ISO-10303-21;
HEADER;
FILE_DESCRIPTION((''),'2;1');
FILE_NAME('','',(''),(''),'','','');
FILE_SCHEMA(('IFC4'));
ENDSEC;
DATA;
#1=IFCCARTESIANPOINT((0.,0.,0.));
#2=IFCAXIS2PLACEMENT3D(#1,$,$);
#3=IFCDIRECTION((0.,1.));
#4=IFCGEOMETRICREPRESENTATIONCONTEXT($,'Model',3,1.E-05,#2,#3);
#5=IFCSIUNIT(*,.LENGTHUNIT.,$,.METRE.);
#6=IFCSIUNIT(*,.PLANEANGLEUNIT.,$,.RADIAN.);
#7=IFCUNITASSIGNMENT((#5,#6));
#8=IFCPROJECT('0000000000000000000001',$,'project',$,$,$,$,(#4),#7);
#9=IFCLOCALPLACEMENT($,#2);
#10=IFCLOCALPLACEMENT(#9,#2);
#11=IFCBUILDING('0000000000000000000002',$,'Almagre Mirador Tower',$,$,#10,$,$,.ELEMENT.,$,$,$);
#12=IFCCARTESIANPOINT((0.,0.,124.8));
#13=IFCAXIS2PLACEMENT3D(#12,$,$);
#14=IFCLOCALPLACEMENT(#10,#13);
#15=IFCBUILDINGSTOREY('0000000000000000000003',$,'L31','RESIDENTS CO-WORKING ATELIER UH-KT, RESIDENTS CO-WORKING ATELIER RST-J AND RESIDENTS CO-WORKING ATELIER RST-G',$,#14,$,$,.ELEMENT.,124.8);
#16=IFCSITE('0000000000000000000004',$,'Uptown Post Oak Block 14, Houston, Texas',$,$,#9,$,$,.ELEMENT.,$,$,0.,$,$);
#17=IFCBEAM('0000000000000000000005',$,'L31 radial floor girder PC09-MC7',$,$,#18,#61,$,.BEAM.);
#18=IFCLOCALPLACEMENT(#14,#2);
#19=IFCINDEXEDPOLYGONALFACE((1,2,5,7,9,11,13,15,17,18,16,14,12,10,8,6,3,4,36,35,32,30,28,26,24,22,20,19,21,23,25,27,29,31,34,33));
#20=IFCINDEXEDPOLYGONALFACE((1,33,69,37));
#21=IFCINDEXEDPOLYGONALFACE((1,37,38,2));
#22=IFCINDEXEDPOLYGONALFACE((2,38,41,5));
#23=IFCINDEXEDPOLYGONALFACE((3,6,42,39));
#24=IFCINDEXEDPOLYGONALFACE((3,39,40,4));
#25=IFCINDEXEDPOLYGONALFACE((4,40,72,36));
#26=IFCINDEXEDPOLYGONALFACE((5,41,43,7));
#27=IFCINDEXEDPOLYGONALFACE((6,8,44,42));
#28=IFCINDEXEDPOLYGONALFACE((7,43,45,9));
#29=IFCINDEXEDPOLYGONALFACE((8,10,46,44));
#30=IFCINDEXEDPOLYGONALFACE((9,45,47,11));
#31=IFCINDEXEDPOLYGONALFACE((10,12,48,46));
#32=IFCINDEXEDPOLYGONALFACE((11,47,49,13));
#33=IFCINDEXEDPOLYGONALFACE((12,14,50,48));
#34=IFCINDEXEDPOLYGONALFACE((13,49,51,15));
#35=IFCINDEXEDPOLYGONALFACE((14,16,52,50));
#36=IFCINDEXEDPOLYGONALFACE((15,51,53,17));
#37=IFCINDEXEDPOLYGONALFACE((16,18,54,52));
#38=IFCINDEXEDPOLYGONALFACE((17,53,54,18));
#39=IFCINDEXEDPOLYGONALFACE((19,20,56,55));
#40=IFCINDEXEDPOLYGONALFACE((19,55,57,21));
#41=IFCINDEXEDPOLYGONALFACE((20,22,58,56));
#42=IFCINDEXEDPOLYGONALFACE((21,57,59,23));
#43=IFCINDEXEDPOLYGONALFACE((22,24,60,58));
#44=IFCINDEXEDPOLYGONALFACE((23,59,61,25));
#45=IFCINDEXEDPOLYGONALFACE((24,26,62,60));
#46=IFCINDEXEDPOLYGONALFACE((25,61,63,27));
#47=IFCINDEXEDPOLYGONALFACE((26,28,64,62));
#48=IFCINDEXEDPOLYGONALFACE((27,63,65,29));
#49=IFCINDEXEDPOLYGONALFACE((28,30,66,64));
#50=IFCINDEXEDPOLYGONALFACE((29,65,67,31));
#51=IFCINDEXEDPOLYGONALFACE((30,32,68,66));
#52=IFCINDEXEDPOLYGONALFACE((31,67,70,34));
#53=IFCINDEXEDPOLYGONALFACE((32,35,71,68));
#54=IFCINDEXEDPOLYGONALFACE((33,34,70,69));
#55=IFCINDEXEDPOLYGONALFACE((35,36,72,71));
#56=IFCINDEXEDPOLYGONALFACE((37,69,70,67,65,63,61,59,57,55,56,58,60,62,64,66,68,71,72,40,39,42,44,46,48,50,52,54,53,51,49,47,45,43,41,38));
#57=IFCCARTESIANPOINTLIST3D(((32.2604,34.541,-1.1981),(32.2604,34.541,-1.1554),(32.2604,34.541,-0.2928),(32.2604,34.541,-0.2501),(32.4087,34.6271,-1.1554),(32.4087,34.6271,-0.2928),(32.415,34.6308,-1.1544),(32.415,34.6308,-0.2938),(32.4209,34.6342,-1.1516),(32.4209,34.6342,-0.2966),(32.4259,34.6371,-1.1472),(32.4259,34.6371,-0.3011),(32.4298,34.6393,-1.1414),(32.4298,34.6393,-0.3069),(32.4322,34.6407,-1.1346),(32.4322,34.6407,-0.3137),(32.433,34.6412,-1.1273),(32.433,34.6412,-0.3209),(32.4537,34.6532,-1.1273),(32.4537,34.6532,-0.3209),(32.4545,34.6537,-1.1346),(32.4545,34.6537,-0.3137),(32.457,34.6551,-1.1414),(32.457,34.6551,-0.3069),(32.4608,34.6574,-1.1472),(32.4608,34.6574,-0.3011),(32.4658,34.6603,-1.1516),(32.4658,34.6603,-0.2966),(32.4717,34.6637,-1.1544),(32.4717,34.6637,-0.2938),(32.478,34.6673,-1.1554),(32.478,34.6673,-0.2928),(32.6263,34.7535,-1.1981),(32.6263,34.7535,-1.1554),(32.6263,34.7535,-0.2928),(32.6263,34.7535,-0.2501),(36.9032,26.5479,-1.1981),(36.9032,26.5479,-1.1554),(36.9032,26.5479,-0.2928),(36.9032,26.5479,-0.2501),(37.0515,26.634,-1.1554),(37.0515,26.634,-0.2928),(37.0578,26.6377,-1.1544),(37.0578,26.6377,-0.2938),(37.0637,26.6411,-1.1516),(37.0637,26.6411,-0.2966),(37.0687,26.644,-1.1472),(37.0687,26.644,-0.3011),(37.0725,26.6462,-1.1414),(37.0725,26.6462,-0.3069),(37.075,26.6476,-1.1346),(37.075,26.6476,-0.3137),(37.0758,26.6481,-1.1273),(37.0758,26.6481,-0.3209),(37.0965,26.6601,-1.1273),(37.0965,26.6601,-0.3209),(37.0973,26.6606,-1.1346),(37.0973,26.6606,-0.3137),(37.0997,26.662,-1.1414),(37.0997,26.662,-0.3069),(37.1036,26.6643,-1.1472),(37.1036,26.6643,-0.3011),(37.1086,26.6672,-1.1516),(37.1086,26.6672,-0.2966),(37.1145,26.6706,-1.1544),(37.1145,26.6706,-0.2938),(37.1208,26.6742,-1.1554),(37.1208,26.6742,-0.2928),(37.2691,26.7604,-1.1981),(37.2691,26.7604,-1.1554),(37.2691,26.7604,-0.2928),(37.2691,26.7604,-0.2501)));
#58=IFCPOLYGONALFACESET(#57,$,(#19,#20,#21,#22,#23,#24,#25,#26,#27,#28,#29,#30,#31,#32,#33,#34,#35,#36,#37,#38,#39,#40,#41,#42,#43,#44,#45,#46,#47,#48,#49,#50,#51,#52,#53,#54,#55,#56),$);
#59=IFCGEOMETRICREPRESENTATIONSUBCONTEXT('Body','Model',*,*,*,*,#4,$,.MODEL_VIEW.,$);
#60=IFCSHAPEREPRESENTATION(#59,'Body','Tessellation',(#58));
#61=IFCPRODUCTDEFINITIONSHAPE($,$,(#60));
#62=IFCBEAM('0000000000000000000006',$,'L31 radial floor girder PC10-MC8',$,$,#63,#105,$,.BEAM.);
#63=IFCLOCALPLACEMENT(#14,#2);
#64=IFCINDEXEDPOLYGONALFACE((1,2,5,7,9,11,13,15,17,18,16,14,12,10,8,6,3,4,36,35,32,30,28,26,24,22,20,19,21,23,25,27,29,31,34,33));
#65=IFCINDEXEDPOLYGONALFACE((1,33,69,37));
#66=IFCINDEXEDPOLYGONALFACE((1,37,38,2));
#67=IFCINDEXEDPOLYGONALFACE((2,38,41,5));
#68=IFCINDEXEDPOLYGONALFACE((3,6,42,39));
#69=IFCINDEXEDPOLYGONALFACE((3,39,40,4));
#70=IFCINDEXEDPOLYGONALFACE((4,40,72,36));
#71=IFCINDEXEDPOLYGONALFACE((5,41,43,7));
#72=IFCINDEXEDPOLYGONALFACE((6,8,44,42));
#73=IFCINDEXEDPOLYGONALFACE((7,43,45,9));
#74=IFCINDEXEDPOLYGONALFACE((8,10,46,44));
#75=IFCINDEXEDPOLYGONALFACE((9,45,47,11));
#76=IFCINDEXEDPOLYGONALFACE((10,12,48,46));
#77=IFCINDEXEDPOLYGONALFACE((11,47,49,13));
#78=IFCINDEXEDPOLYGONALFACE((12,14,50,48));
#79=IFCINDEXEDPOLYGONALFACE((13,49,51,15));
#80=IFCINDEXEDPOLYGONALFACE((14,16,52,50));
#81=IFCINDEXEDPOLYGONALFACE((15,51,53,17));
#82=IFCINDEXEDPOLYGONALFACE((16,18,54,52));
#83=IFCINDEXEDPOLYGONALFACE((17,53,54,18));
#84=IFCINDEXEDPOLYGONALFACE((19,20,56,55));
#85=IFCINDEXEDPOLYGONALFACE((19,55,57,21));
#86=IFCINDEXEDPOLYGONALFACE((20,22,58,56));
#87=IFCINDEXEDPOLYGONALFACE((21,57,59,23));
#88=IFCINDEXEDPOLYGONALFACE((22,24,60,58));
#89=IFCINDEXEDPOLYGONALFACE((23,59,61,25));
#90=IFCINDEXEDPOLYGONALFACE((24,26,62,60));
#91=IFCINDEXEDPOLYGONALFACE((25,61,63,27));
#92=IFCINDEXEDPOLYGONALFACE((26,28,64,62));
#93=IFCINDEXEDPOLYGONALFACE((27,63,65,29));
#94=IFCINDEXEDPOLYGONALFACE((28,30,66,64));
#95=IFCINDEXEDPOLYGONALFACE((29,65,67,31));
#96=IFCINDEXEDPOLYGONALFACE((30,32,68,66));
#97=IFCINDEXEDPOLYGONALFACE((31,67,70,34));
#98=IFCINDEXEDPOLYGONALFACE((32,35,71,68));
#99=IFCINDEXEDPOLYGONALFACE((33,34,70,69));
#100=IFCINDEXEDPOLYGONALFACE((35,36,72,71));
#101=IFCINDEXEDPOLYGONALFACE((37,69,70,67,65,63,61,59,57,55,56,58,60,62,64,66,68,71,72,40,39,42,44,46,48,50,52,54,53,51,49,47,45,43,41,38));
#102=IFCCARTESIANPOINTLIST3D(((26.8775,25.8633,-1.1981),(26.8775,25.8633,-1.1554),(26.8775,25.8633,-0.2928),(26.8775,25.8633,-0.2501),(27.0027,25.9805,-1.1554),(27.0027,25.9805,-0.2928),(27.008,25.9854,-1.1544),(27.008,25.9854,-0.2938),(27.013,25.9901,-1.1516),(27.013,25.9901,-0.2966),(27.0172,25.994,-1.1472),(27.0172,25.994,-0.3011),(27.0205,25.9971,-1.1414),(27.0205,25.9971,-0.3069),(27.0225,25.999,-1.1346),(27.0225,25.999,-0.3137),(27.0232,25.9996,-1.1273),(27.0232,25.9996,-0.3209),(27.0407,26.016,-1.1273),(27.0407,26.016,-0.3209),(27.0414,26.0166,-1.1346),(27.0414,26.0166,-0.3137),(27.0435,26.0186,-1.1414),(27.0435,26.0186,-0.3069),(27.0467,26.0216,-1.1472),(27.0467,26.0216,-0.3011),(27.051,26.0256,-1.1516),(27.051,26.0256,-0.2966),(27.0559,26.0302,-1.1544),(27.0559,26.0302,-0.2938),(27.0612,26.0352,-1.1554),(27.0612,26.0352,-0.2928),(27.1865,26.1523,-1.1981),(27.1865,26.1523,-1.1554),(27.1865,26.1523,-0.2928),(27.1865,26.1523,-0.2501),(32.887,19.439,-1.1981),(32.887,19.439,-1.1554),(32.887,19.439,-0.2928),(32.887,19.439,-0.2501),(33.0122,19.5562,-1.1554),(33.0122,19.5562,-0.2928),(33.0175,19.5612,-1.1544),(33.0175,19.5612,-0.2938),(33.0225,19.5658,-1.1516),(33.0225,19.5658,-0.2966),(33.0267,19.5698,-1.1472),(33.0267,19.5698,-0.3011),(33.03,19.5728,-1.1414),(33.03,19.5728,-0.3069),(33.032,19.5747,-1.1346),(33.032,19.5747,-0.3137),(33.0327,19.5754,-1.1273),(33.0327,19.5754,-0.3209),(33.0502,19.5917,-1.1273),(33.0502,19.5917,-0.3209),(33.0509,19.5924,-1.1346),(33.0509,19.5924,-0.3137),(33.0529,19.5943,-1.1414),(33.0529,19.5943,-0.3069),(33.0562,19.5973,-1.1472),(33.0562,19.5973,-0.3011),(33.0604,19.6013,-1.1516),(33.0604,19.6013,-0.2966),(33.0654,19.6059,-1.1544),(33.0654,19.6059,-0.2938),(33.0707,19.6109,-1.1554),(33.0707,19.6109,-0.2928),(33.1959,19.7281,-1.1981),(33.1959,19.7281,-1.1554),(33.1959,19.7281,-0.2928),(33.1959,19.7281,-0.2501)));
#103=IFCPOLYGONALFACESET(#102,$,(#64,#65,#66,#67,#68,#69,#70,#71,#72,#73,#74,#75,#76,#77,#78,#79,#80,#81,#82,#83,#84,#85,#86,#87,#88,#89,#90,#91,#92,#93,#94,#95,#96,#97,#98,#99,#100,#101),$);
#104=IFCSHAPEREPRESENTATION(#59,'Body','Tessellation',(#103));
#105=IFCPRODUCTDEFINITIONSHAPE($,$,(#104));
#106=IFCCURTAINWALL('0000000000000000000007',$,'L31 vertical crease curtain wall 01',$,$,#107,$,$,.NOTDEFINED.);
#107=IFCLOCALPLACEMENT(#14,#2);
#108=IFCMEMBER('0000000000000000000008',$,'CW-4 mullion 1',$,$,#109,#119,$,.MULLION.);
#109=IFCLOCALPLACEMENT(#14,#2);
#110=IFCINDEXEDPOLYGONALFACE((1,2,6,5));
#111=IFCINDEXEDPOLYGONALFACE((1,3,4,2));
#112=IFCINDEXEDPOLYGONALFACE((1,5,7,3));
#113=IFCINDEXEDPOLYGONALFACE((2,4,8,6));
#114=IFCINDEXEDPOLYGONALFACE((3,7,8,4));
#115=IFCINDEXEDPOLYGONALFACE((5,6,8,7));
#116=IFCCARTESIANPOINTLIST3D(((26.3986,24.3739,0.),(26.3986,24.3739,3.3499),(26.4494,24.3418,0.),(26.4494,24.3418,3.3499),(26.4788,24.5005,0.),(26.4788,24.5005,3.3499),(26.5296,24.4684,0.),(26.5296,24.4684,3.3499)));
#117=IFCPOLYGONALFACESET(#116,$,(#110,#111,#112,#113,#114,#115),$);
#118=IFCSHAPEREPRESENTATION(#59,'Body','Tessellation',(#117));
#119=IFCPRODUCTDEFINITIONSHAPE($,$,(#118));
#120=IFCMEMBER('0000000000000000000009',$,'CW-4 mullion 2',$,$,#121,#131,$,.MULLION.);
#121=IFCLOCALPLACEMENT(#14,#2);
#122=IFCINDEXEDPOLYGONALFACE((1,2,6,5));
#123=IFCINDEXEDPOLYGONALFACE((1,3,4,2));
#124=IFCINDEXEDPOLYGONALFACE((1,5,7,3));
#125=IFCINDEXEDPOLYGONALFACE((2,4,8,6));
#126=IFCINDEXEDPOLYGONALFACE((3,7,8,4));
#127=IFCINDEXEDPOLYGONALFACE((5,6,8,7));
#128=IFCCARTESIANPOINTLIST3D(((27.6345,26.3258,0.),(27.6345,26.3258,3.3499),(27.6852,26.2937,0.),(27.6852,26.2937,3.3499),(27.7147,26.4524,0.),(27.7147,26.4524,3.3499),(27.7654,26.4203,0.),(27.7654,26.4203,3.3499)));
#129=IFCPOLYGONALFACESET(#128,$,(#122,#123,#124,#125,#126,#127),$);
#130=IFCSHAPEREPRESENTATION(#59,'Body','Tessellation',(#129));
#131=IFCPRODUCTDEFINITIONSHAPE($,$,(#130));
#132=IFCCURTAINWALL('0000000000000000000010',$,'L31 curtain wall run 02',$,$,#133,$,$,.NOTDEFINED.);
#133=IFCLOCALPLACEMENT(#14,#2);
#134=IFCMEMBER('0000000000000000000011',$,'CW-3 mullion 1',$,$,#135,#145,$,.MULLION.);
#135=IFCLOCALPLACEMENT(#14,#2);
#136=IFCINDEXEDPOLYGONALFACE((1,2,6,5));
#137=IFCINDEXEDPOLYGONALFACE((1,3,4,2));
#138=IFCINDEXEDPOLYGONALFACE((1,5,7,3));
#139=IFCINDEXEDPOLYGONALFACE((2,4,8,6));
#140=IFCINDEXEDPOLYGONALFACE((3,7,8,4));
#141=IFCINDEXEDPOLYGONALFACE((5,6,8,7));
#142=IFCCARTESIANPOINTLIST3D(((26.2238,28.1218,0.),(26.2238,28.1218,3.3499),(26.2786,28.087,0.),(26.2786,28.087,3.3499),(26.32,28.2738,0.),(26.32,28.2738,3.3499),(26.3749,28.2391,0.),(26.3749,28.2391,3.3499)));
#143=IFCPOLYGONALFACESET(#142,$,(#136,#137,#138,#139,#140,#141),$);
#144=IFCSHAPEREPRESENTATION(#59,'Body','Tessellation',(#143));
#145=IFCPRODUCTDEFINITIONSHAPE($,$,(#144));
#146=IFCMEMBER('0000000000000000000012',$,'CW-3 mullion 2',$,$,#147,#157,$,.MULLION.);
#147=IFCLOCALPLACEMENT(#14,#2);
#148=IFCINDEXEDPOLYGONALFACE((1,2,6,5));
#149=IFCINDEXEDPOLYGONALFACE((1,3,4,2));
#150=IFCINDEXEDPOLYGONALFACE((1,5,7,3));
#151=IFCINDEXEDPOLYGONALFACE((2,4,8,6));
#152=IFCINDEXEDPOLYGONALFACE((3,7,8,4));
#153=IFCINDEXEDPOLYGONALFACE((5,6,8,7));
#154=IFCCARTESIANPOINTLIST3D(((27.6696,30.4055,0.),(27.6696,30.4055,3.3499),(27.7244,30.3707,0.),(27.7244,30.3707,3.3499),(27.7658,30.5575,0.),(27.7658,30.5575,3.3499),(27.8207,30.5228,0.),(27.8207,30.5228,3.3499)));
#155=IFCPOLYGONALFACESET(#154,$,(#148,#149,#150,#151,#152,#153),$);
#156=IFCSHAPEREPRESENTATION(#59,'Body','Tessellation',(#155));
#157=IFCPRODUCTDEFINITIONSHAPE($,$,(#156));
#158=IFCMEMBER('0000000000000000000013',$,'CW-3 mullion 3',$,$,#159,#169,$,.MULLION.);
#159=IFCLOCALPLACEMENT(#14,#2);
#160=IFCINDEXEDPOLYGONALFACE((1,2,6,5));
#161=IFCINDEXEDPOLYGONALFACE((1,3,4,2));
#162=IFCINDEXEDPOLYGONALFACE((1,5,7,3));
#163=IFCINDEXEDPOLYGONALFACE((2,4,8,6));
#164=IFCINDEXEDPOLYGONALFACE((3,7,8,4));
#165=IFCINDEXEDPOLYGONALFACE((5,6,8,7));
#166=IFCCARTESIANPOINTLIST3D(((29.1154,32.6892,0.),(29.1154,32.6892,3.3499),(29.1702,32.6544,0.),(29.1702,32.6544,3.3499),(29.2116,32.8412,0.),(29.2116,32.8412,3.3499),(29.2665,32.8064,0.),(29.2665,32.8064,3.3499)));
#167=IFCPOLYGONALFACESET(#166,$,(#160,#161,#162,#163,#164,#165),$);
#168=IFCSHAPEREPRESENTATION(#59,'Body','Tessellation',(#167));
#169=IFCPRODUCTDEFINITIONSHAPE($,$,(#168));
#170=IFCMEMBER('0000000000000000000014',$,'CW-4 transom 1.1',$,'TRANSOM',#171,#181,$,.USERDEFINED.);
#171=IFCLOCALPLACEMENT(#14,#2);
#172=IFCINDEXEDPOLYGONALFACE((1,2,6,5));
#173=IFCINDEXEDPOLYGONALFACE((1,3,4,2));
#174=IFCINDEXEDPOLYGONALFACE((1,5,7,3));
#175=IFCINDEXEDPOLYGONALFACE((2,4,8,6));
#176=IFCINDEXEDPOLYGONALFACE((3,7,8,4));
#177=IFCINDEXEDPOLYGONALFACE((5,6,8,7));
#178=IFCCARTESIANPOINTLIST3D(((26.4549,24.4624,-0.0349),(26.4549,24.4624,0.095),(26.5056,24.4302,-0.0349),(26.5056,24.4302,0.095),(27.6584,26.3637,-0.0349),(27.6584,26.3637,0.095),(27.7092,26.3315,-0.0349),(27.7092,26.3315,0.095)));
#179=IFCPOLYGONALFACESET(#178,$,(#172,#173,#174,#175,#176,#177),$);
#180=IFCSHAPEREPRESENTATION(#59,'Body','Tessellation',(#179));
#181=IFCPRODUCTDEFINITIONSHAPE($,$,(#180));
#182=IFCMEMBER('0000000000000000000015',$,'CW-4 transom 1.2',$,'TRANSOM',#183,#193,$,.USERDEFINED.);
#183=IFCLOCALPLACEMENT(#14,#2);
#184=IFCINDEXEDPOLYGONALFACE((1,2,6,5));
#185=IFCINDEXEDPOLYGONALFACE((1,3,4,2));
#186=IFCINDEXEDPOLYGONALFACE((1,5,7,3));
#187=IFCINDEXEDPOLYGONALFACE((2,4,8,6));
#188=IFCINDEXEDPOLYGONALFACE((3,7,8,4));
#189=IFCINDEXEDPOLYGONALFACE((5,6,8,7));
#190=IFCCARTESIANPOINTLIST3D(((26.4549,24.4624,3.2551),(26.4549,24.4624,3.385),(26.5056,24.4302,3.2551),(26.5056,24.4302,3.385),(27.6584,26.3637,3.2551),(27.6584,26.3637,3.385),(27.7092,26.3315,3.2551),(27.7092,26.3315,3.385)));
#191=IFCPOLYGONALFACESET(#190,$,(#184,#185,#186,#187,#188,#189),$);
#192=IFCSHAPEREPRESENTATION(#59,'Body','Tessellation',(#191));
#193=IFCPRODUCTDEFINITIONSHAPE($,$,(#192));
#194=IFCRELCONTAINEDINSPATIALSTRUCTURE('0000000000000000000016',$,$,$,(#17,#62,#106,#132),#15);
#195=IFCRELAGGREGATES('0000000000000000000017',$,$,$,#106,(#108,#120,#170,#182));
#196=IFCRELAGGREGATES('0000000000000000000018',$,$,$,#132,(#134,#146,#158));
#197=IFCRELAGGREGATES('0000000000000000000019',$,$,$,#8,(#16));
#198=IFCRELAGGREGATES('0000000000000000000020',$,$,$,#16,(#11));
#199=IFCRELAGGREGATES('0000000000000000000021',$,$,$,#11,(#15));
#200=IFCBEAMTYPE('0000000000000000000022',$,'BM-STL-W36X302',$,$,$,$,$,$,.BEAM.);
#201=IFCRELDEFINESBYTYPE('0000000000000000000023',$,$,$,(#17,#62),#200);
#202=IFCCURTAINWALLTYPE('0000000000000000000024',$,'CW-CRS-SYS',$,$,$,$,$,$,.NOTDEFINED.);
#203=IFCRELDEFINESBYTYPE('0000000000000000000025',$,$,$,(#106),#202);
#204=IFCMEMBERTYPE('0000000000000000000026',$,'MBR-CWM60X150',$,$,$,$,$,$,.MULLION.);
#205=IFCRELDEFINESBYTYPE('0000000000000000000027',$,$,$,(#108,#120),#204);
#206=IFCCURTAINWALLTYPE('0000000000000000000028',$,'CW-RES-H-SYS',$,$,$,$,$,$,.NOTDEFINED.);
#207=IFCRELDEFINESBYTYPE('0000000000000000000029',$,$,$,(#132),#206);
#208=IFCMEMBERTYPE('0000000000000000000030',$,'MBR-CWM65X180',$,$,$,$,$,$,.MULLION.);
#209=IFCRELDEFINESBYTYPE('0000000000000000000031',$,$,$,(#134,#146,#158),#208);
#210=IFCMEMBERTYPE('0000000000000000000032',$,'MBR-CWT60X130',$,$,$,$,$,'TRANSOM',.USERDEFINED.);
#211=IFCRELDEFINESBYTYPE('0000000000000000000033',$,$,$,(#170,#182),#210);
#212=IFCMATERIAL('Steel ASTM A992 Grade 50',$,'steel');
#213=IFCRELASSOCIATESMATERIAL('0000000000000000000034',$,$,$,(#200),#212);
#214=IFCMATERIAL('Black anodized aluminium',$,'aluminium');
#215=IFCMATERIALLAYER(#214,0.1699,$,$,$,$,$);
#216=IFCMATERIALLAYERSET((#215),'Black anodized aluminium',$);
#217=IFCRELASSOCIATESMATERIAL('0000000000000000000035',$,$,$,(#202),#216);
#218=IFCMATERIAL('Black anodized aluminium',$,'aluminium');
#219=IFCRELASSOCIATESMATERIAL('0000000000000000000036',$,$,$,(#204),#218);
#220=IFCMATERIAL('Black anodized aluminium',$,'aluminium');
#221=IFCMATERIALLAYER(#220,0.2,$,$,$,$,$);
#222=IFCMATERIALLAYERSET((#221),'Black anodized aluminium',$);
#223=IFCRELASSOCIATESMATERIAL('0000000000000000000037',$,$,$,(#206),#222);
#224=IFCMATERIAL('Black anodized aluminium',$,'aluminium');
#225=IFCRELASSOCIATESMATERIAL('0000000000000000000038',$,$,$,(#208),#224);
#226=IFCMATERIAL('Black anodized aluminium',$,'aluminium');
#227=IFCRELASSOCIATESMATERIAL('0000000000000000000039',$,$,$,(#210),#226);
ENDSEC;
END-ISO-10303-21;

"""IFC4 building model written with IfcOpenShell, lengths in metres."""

from ifc_helpers import new_model, si_unit, direction, frame, origin, origin_2d, place, context, subcontext, project, spatial, rectangle, i_section, extrude, material, layer, layer_set, material_profile, profile_set, type_object, element, aggregate, save


model = new_model("IFC4")

# Units and contexts
model_context = context("Model", 3, precision=1e-05, world=origin(), true_north=direction((0.0, 1.0)))
body_context = subcontext(model_context, "Body", "Model", "MODEL_VIEW")
ifc_project = project(units=[si_unit("LENGTHUNIT", "METRE"), si_unit("PLANEANGLEUNIT", "RADIAN")], contexts=[model_context])

# Site, building, storey
site_placement = place(None, origin())
site = spatial("IfcSite", under=ifc_project, at=site_placement, Name="Uptown Post Oak Block 14, Houston, Texas", CompositionType="ELEMENT", RefElevation=0.0)
building_placement = place(site_placement, origin())
building = spatial("IfcBuilding", under=site, at=building_placement, Name="Almagre Mirador Tower", CompositionType="ELEMENT")
storey_placement = place(building_placement, frame((0.0, 0.0, 124.8)))
storey = spatial("IfcBuildingStorey", under=building, at=storey_placement, Name="L31", Description="RESIDENTS CO-WORKING ATELIER UH-KT, RESIDENTS CO-WORKING ATELIER RST-J AND RESIDENTS CO-WORKING ATELIER RST-G", CompositionType="ELEMENT", Elevation=124.8)

# Beams
ifc_material_1 = material(Name="Steel ASTM A992 Grade 50", Category="steel")
ifc_material_profile_1 = material_profile(ifc_material_1, i_section(OverallWidth=0.4231, OverallDepth=0.948, WebThickness=0.0239, FlangeThickness=0.0427, FilletRadius=0.0281, at=origin_2d()), Name="W36X302")
ifc_profile_set_1 = profile_set([ifc_material_profile_1], Name="Steel ASTM A992 Grade 50")
beam_type_1 = type_object("IfcBeamType", Name="BM-STL-W36X302", PredefinedType="BEAM", material=ifc_profile_set_1)
beam_1_placement = place(storey_placement, frame((32.4434, 34.6472, -0.7241), z_axis=(0.502267, -0.864712, 0.0), x_axis=(0.864712, 0.502267, 0.0)))
element("IfcBeam", 1, at=beam_1_placement, inside=storey, type_object=beam_type_1, Name="L31 radial floor girder PC09-MC7", PredefinedType="BEAM", context=body_context, shape_type="SweptSolid", body=[
    extrude(i_section(OverallWidth=0.4231, OverallDepth=0.948, WebThickness=0.0239, FlangeThickness=0.0427, FilletRadius=0.0281, at=origin_2d()), origin(), (0.0, 0.0, 1.0), 9.2437),
])
beam_2_placement = place(storey_placement, frame((27.032, 26.0078, -0.7241), z_axis=(0.683138, -0.73029, 0.0), x_axis=(0.73029, 0.683138, 0.0)))
element("IfcBeam", 2, at=beam_2_placement, inside=storey, type_object=beam_type_1, Name="L31 radial floor girder PC10-MC8", PredefinedType="BEAM", context=body_context, shape_type="SweptSolid", body=[
    extrude(i_section(OverallWidth=0.4231, OverallDepth=0.948, WebThickness=0.0239, FlangeThickness=0.0427, FilletRadius=0.0281, at=origin_2d()), origin(), (0.0, 0.0, 1.0), 8.7969),
])

# Curtain walls, members
ifc_material_2 = material(Name="Black anodized aluminium", Category="aluminium")
ifc_layer_1 = layer(ifc_material_2, 0.1699)
ifc_layer_set_1 = layer_set([ifc_layer_1], Name="Black anodized aluminium")
curtain_wall_type_1 = type_object("IfcCurtainWallType", Name="CW-CRS-SYS", PredefinedType="NOTDEFINED", material=ifc_layer_set_1)
curtain_wall_1_placement = place(storey_placement, origin())
curtain_wall_1 = element("IfcCurtainWall", 3, at=curtain_wall_1_placement, inside=storey, type_object=curtain_wall_type_1, Name="L31 vertical crease curtain wall 01", PredefinedType="NOTDEFINED")
ifc_material_3 = material(Name="Black anodized aluminium", Category="aluminium")
ifc_material_profile_2 = material_profile(ifc_material_3, rectangle(XDim=0.0601, YDim=0.1499, at=origin_2d()), Name="CWM60X150")
ifc_profile_set_2 = profile_set([ifc_material_profile_2], Name="Black anodized aluminium")
member_type_1 = type_object("IfcMemberType", Name="MBR-CWM60X150", PredefinedType="MULLION", material=ifc_profile_set_2)
member_1_placement = place(storey_placement, frame((26.4641, 24.4211, 0.0), z_axis=(0.0, 0.0, 1.0), x_axis=(-0.844917, 0.534897, 0.0)))
member_1 = element("IfcMember", 4, at=member_1_placement, type_object=member_type_1, Name="CW-4 mullion 1", PredefinedType="MULLION", context=body_context, shape_type="SweptSolid", body=[
    extrude(rectangle(XDim=0.0601, YDim=0.1499, at=origin_2d()), origin(), (0.0, 0.0, 1.0), 3.3499),
])
member_2_placement = place(storey_placement, frame((27.7, 26.373, 0.0), z_axis=(0.0, 0.0, 1.0), x_axis=(-0.844917, 0.534897, 0.0)))
member_2 = element("IfcMember", 5, at=member_2_placement, type_object=member_type_1, Name="CW-4 mullion 2", PredefinedType="MULLION", context=body_context, shape_type="SweptSolid", body=[
    extrude(rectangle(XDim=0.0601, YDim=0.1499, at=origin_2d()), origin(), (0.0, 0.0, 1.0), 3.3499),
])
ifc_material_4 = material(Name="Black anodized aluminium", Category="aluminium")
ifc_layer_2 = layer(ifc_material_4, 0.2)
ifc_layer_set_2 = layer_set([ifc_layer_2], Name="Black anodized aluminium")
curtain_wall_type_2 = type_object("IfcCurtainWallType", Name="CW-RES-H-SYS", PredefinedType="NOTDEFINED", material=ifc_layer_set_2)
curtain_wall_2_placement = place(storey_placement, origin())
curtain_wall_2 = element("IfcCurtainWall", 6, at=curtain_wall_2_placement, inside=storey, type_object=curtain_wall_type_2, Name="L31 curtain wall run 02", PredefinedType="NOTDEFINED")
ifc_material_5 = material(Name="Black anodized aluminium", Category="aluminium")
ifc_material_profile_3 = material_profile(ifc_material_5, rectangle(XDim=0.0649, YDim=0.1799, at=origin_2d()), Name="CWM65X180")
ifc_profile_set_3 = profile_set([ifc_material_profile_3], Name="Black anodized aluminium")
member_type_2 = type_object("IfcMemberType", Name="MBR-CWM65X180", PredefinedType="MULLION", material=ifc_profile_set_3)
member_3_placement = place(storey_placement, frame((26.2993, 28.1804, 0.0), z_axis=(0.0, 0.0, 1.0), x_axis=(-0.844915, 0.534901, 0.0)))
member_3 = element("IfcMember", 7, at=member_3_placement, type_object=member_type_2, Name="CW-3 mullion 1", PredefinedType="MULLION", context=body_context, shape_type="SweptSolid", body=[
    extrude(rectangle(XDim=0.0649, YDim=0.1799, at=origin_2d()), origin(), (0.0, 0.0, 1.0), 3.3499),
])
member_4_placement = place(storey_placement, frame((27.7451, 30.4641, 0.0), z_axis=(0.0, 0.0, 1.0), x_axis=(-0.844915, 0.534901, 0.0)))
member_4 = element("IfcMember", 8, at=member_4_placement, type_object=member_type_2, Name="CW-3 mullion 2", PredefinedType="MULLION", context=body_context, shape_type="SweptSolid", body=[
    extrude(rectangle(XDim=0.0649, YDim=0.1799, at=origin_2d()), origin(), (0.0, 0.0, 1.0), 3.3499),
])
member_5_placement = place(storey_placement, frame((29.1909, 32.7478, 0.0), z_axis=(0.0, 0.0, 1.0), x_axis=(-0.844915, 0.534901, 0.0)))
member_5 = element("IfcMember", 9, at=member_5_placement, type_object=member_type_2, Name="CW-3 mullion 3", PredefinedType="MULLION", context=body_context, shape_type="SweptSolid", body=[
    extrude(rectangle(XDim=0.0649, YDim=0.1799, at=origin_2d()), origin(), (0.0, 0.0, 1.0), 3.3499),
])

# Members
ifc_material_6 = material(Name="Black anodized aluminium", Category="aluminium")
ifc_material_profile_4 = material_profile(ifc_material_6, rectangle(XDim=0.0601, YDim=0.1299, at=origin_2d()), Name="CWT60X130")
ifc_profile_set_4 = profile_set([ifc_material_profile_4], Name="Black anodized aluminium")
member_type_3 = type_object("IfcMemberType", Name="MBR-CWT60X130", ElementType="TRANSOM", PredefinedType="USERDEFINED", material=ifc_profile_set_4)
member_6_placement = place(storey_placement, frame((26.4802, 24.4463, 0.03), z_axis=(0.534866, 0.844937, 0.0), x_axis=(-0.844937, 0.534866, 0.0)))
member_6 = element("IfcMember", 10, at=member_6_placement, type_object=member_type_3, Name="CW-4 transom 1.1", ObjectType="TRANSOM", PredefinedType="USERDEFINED", context=body_context, shape_type="SweptSolid", body=[
    extrude(rectangle(XDim=0.0601, YDim=0.1299, at=origin_2d()), origin(), (0.0, 0.0, 1.0), 2.2502),
])
member_7_placement = place(storey_placement, frame((26.4802, 24.4463, 3.3201), z_axis=(0.534866, 0.844937, 0.0), x_axis=(-0.844937, 0.534866, 0.0)))
member_7 = element("IfcMember", 11, at=member_7_placement, type_object=member_type_3, Name="CW-4 transom 1.2", ObjectType="TRANSOM", PredefinedType="USERDEFINED", context=body_context, shape_type="SweptSolid", body=[
    extrude(rectangle(XDim=0.0601, YDim=0.1299, at=origin_2d()), origin(), (0.0, 0.0, 1.0), 2.2502),
])

aggregate(curtain_wall_1, [member_1, member_2, member_6, member_7])
aggregate(curtain_wall_2, [member_3, member_4, member_5])

save(model, "model.ifc")
